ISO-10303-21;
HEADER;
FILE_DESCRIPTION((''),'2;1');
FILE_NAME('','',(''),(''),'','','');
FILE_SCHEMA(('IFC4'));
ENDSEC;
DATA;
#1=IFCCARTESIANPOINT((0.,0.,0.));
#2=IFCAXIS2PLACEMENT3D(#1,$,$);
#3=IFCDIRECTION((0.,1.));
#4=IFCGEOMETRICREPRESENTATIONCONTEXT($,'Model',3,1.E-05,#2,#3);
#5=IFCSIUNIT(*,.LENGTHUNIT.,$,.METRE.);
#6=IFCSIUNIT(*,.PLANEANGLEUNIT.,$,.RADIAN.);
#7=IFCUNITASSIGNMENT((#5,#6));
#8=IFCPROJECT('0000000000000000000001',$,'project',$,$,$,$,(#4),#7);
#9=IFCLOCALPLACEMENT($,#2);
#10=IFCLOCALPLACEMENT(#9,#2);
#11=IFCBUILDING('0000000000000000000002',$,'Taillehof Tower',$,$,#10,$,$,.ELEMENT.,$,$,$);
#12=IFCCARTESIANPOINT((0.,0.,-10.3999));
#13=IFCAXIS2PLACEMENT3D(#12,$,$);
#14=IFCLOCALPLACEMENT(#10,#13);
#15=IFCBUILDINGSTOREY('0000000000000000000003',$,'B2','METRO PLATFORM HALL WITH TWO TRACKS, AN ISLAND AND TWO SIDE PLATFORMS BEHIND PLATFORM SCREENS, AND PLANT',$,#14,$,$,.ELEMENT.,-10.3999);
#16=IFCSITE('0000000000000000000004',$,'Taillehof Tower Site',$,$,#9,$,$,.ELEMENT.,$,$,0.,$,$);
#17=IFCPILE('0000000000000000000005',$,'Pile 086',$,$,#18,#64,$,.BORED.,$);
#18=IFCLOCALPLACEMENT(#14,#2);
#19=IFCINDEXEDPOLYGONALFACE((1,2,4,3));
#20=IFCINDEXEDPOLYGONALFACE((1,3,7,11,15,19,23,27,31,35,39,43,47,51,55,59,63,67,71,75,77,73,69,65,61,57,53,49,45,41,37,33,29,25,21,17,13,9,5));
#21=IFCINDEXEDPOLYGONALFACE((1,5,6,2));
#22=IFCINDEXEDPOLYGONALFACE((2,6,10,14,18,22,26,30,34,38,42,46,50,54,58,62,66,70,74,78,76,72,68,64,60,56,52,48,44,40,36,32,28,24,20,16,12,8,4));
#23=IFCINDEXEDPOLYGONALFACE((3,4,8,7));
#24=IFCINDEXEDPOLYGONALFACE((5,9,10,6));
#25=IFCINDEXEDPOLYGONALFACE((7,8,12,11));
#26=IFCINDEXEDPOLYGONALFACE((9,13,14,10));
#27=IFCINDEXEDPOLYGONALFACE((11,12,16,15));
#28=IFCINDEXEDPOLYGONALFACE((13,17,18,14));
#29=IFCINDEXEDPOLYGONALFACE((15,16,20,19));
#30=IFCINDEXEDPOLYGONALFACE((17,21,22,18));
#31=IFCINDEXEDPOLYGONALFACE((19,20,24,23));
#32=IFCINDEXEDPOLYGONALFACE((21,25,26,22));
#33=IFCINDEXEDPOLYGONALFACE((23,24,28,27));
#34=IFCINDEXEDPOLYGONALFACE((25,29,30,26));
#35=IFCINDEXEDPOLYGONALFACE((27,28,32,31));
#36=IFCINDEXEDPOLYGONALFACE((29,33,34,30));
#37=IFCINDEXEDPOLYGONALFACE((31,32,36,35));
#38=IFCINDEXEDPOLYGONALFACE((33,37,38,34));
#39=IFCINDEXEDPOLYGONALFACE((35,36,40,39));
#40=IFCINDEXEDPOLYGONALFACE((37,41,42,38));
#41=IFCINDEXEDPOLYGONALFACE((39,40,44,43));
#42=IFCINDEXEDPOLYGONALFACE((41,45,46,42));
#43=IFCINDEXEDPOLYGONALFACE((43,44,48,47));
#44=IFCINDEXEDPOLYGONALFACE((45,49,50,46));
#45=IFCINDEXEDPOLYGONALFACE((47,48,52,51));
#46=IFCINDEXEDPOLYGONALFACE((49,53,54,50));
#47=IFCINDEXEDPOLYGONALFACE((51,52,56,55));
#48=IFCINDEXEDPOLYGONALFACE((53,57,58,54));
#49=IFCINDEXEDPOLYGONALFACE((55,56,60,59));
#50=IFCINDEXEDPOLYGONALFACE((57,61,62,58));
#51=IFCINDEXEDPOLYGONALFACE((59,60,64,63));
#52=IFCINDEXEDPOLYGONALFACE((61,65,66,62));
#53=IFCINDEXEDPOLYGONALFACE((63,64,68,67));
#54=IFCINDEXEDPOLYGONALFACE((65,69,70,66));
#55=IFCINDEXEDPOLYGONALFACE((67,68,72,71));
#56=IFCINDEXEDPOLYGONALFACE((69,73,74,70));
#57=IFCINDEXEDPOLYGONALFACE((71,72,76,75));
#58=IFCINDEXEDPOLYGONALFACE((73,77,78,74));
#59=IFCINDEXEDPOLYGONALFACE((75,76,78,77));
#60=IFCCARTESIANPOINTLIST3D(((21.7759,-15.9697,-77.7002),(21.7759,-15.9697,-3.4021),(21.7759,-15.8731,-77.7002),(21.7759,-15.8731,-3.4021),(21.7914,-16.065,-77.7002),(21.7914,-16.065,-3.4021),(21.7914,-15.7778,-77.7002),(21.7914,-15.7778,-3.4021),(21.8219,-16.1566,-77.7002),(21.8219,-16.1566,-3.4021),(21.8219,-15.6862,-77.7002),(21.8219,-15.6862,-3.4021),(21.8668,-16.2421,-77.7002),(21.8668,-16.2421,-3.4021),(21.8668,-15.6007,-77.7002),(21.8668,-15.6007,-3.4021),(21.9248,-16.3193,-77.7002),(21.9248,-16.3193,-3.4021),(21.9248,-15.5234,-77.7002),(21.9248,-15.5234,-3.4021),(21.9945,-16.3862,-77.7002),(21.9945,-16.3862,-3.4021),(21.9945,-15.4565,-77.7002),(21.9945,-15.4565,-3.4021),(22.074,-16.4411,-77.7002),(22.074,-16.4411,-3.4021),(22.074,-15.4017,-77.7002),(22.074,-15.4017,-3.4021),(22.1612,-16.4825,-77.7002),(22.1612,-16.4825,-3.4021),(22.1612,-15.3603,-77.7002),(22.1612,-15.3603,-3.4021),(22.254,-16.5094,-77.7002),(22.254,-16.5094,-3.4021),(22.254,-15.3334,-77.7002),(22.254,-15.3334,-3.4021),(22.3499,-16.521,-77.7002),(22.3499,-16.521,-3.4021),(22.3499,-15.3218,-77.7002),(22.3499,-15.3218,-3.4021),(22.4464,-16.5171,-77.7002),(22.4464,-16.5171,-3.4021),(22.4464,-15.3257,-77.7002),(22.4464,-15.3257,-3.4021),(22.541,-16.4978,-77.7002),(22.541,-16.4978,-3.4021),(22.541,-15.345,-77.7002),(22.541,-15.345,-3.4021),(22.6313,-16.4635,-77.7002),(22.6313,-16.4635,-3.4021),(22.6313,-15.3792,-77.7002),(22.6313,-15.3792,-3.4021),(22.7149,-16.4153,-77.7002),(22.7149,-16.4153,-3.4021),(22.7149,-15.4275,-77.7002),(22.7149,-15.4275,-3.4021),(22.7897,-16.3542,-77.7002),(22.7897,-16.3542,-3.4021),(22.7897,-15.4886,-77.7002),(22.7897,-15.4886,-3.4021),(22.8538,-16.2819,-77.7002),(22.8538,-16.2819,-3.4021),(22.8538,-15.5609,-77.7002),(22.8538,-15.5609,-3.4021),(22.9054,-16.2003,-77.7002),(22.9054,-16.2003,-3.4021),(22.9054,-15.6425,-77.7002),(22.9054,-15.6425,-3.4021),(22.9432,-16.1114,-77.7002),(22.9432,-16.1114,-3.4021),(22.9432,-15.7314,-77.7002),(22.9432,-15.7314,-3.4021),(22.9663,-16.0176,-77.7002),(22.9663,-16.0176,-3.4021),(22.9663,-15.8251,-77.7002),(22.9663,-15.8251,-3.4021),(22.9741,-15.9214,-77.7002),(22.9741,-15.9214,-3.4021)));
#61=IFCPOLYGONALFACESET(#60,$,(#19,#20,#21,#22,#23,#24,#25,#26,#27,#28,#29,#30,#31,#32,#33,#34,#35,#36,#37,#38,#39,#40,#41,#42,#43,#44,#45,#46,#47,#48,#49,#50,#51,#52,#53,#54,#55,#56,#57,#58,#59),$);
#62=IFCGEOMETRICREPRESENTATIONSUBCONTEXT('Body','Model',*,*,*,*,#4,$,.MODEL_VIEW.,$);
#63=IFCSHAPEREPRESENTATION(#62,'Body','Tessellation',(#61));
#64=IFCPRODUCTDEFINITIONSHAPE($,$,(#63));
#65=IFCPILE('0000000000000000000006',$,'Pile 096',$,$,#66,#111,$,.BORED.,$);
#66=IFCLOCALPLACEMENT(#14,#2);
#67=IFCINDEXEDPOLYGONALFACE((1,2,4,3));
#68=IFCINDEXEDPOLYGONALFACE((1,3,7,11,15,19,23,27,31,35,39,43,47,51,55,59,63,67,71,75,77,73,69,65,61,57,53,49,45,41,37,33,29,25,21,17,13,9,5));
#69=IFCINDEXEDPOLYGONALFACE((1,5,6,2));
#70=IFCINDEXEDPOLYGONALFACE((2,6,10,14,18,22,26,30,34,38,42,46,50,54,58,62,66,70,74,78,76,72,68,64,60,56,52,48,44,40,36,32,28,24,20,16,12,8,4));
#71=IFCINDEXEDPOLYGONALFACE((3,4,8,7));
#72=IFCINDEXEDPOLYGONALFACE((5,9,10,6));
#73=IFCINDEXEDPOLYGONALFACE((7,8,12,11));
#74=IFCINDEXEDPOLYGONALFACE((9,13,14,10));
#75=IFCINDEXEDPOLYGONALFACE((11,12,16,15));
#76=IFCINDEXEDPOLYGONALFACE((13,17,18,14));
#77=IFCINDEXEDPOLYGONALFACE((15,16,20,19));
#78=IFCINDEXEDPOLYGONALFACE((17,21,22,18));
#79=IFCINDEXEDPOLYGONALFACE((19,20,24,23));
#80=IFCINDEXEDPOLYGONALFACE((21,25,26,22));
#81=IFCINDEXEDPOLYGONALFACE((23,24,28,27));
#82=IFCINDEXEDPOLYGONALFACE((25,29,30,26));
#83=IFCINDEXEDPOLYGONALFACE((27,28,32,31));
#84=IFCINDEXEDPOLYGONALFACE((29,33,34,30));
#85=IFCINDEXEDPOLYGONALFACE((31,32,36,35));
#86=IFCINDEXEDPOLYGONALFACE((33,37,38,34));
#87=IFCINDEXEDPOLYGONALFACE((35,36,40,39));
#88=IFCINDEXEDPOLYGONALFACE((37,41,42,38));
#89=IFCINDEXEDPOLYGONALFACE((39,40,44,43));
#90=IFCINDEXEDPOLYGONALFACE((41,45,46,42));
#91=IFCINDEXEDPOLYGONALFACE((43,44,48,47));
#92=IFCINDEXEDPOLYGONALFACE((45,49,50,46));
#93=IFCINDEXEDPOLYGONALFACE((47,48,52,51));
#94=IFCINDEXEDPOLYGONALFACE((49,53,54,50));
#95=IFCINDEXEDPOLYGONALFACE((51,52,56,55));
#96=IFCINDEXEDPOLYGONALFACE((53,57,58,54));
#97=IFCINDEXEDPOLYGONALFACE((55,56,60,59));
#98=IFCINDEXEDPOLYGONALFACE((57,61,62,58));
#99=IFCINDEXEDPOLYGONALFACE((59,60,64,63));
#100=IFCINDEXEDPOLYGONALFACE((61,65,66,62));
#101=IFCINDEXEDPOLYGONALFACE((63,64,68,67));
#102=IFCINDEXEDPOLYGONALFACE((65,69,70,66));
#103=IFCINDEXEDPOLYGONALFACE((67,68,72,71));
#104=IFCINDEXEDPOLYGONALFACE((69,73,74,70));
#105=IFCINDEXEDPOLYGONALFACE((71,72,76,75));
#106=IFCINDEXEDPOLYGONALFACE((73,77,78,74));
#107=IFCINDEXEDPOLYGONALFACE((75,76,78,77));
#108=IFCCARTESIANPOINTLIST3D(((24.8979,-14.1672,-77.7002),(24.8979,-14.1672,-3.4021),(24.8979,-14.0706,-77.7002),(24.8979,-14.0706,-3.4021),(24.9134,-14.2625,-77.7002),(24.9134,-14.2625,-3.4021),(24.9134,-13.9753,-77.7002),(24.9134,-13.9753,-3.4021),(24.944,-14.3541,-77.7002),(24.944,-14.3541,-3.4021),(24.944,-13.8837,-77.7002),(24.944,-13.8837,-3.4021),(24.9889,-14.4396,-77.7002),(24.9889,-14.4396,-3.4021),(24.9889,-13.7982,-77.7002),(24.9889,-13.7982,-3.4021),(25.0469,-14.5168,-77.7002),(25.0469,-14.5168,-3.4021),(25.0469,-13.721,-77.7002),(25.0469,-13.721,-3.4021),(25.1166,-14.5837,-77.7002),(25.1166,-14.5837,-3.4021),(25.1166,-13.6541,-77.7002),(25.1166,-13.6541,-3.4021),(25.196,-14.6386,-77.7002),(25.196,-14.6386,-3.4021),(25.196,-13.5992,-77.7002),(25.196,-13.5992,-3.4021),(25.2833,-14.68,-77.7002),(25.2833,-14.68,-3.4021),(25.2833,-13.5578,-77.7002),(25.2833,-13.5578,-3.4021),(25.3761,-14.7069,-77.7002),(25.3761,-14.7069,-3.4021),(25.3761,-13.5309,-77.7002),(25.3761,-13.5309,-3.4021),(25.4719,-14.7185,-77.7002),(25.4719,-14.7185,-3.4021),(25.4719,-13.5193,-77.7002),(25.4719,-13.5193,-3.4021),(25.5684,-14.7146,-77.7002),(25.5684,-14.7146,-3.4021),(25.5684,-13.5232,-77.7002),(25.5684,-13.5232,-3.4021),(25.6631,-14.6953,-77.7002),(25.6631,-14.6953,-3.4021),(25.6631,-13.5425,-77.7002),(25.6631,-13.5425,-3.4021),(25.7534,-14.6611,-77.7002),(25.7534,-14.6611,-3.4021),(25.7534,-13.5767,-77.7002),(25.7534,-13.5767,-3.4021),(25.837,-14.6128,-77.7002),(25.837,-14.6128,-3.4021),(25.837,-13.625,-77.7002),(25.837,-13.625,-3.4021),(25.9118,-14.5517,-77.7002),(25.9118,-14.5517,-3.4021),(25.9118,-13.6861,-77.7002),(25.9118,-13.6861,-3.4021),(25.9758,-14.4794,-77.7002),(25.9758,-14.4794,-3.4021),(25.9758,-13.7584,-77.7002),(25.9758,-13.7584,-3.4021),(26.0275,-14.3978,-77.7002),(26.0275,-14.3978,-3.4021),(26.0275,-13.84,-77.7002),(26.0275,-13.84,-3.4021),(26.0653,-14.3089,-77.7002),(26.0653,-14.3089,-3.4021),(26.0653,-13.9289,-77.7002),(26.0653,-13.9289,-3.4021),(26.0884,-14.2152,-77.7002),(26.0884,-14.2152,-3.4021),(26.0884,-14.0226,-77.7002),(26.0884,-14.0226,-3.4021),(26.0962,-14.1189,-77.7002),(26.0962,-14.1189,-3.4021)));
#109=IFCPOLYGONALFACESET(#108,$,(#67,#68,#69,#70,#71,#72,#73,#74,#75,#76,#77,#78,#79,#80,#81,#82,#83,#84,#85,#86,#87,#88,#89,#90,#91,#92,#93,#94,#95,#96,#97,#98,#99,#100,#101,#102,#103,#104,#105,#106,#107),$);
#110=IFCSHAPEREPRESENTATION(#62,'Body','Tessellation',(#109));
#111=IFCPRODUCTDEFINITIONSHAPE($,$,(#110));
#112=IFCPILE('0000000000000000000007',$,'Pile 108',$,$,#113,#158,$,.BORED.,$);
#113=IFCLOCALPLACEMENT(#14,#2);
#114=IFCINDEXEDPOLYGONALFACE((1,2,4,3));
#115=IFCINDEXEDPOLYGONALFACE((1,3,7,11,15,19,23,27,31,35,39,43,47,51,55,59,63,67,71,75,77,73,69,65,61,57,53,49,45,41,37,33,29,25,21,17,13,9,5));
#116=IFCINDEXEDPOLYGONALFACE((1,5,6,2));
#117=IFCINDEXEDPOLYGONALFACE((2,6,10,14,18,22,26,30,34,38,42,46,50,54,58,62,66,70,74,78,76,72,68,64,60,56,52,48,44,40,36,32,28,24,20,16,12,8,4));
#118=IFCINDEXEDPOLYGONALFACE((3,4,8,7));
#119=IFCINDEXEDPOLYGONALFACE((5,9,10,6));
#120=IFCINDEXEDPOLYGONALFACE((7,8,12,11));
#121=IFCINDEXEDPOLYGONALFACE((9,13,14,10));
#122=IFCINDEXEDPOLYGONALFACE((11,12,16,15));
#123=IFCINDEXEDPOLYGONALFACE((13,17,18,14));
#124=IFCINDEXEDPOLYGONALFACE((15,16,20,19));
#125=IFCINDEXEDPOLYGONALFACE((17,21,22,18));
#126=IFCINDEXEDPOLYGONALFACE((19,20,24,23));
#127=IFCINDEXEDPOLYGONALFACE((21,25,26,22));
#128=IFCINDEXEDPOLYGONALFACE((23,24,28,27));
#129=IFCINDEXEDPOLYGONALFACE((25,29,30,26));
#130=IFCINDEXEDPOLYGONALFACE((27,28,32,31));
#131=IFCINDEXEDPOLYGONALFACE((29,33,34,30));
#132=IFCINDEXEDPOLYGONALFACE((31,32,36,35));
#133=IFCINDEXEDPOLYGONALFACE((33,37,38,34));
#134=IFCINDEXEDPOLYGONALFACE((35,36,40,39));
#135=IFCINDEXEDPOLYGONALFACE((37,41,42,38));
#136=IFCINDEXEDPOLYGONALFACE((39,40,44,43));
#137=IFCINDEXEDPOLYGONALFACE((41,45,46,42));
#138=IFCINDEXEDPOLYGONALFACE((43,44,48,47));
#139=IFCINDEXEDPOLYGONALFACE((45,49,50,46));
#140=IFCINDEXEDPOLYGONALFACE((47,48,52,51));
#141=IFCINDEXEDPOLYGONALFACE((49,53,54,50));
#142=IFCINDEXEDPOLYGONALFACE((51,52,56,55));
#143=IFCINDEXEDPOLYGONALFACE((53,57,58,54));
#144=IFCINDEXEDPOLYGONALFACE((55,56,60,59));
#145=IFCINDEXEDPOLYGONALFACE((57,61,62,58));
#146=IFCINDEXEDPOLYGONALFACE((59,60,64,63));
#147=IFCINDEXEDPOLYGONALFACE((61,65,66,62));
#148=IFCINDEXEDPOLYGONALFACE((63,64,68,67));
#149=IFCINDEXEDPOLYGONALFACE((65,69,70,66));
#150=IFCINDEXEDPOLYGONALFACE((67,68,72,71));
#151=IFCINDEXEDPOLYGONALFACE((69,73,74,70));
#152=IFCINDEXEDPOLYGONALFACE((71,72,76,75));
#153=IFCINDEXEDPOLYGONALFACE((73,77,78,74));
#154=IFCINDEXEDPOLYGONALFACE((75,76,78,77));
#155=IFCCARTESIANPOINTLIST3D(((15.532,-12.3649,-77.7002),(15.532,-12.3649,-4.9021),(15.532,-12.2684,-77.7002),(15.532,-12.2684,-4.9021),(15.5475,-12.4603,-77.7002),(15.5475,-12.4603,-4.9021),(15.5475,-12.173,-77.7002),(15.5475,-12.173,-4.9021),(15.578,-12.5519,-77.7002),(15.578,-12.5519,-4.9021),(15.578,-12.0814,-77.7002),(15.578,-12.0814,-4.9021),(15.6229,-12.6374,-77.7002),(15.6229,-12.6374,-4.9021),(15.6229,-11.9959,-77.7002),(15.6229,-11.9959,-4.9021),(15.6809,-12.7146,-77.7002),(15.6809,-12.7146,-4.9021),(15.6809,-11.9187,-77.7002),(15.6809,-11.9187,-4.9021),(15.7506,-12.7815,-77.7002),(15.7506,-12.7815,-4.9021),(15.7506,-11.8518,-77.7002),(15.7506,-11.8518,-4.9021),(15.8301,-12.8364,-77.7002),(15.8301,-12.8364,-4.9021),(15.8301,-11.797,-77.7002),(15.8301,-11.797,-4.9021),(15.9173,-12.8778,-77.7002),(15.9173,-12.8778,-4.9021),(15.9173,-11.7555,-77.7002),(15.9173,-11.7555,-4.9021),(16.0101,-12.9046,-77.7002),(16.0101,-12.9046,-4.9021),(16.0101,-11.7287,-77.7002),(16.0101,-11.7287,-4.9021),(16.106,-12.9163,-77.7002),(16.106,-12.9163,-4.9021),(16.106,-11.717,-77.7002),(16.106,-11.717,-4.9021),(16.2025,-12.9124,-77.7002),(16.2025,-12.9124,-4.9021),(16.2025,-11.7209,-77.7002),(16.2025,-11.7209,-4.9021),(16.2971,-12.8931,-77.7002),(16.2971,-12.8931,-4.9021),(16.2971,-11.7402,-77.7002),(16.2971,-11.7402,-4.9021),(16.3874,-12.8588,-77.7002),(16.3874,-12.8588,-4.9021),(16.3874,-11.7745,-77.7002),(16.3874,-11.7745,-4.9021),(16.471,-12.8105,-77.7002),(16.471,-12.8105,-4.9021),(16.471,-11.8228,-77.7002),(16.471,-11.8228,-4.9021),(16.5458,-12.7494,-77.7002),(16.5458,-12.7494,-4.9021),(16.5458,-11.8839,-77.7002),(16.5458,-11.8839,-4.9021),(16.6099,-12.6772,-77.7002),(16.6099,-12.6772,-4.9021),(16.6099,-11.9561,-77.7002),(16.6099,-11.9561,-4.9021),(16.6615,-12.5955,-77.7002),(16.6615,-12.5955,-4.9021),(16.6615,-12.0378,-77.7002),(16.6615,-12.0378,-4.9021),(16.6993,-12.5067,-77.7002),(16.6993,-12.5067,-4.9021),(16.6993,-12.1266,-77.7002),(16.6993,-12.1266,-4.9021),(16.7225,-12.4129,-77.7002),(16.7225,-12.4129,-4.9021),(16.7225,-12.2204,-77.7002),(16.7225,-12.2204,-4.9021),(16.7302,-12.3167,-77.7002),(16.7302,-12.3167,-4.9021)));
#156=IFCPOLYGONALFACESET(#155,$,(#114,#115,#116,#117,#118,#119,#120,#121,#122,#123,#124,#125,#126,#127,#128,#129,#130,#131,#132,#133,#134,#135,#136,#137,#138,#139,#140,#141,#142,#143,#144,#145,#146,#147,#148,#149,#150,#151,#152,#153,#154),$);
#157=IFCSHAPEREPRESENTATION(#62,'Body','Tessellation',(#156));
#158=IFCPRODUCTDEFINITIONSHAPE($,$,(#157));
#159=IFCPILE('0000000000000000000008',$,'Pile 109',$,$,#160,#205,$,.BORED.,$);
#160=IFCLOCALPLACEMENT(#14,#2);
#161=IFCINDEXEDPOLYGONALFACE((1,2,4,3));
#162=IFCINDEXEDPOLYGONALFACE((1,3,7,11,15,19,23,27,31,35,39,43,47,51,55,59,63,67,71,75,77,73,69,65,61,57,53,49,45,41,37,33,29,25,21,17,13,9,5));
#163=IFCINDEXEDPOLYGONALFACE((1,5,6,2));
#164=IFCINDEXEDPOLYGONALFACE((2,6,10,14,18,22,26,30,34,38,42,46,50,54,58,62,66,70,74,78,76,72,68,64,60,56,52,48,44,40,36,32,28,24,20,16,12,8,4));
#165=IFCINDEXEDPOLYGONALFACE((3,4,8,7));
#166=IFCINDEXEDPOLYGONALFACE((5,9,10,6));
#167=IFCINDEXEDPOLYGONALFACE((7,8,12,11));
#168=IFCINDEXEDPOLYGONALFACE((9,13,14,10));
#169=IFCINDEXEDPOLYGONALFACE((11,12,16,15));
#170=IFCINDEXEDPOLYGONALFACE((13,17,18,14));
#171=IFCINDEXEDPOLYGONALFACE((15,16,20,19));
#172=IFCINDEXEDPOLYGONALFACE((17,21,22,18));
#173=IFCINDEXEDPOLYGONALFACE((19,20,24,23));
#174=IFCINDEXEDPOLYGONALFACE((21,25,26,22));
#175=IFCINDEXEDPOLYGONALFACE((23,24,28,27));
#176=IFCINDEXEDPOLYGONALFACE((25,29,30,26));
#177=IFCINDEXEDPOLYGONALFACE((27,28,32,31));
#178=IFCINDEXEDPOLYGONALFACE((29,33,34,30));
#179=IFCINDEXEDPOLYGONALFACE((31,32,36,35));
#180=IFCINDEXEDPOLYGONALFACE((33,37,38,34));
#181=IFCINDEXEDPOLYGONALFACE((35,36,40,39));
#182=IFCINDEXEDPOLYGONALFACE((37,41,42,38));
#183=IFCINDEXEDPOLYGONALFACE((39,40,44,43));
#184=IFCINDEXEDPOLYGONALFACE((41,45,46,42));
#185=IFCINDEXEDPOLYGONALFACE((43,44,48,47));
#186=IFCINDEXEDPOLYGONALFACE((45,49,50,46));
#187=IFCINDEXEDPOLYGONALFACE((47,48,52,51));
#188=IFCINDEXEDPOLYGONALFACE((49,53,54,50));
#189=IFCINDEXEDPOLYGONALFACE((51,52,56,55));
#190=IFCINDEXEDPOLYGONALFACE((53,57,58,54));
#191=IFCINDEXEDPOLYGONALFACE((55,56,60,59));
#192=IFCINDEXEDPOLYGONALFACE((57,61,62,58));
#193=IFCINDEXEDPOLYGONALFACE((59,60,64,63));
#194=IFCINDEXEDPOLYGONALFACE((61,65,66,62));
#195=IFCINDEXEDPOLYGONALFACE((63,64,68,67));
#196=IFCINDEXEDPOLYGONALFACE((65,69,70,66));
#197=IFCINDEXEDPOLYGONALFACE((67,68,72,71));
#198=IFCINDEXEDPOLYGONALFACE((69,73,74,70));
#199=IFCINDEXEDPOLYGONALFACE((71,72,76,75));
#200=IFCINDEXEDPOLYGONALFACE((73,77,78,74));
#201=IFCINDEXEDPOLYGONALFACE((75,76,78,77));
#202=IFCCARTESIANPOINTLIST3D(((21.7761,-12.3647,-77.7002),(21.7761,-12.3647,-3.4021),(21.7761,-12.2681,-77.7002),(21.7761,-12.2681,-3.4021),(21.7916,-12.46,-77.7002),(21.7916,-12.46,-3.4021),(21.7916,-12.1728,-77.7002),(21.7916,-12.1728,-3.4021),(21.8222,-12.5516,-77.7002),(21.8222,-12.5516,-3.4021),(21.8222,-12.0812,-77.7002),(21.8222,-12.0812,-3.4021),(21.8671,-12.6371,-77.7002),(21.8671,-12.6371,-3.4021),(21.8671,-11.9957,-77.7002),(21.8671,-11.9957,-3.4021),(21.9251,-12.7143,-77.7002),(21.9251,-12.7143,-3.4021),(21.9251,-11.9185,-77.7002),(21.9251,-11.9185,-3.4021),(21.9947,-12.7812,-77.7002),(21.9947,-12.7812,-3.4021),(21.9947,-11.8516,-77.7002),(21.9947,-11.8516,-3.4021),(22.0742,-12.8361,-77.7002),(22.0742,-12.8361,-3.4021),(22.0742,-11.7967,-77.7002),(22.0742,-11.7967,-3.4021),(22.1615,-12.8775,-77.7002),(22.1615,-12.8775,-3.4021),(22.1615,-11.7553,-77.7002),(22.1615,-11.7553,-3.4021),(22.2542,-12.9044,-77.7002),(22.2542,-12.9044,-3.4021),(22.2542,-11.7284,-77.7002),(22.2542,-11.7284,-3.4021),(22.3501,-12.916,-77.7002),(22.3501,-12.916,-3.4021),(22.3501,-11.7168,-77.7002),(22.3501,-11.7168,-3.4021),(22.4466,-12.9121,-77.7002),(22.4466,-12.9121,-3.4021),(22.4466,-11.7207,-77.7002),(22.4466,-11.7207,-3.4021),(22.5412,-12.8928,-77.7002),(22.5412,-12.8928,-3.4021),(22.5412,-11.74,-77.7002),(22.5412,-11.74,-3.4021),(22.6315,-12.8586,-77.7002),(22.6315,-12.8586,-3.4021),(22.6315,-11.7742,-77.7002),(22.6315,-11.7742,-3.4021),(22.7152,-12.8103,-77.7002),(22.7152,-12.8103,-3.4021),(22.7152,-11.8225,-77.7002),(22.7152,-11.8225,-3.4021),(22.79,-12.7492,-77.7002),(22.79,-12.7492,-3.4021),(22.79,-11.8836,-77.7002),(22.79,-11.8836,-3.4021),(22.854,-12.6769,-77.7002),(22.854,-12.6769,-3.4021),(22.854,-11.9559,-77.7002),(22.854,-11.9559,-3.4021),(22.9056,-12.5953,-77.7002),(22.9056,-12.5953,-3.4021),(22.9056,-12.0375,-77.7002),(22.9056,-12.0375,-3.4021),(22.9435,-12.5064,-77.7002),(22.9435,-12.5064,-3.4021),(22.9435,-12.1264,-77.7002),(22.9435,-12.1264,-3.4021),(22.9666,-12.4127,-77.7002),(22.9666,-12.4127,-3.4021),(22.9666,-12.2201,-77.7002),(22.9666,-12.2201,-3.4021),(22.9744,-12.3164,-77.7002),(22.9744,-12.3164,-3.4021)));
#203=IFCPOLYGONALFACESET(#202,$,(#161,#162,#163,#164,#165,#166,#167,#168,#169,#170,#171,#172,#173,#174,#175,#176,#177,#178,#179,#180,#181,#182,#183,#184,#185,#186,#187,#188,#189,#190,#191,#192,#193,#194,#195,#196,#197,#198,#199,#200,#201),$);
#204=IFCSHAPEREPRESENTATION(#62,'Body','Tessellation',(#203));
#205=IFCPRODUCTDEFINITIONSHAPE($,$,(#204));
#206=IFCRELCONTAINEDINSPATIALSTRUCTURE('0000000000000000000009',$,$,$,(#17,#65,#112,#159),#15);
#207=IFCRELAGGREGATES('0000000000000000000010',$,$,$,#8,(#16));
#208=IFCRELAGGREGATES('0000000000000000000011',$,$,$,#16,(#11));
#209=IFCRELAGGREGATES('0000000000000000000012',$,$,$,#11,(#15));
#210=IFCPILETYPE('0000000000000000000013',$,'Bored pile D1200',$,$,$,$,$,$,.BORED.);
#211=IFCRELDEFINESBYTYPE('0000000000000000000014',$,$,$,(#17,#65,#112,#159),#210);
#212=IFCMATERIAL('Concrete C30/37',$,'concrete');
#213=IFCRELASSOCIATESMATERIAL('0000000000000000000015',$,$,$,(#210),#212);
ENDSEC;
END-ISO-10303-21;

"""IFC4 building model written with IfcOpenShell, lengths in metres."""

from ifc_helpers import new_model, si_unit, direction, frame, origin, origin_2d, place, context, subcontext, project, spatial, circle, extrude, material, material_profile, profile_set, type_object, element, save


model = new_model("IFC4")

# Units and contexts
model_context = context("Model", 3, precision=1e-05, world=origin(), true_north=direction((0.0, 1.0)))
body_context = subcontext(model_context, "Body", "Model", "MODEL_VIEW")
ifc_project = project(units=[si_unit("LENGTHUNIT", "METRE"), si_unit("PLANEANGLEUNIT", "RADIAN")], contexts=[model_context])

# Site, building, storey
site_placement = place(None, origin())
site = spatial("IfcSite", under=ifc_project, at=site_placement, Name="Taillehof Tower Site", CompositionType="ELEMENT", RefElevation=0.0)
building_placement = place(site_placement, origin())
building = spatial("IfcBuilding", under=site, at=building_placement, Name="Taillehof Tower", CompositionType="ELEMENT")
storey_placement = place(building_placement, frame((0.0, 0.0, -10.3999)))
storey = spatial("IfcBuildingStorey", under=building, at=storey_placement, Name="B2", Description="METRO PLATFORM HALL WITH TWO TRACKS, AN ISLAND AND TWO SIDE PLATFORMS BEHIND PLATFORM SCREENS, AND PLANT", CompositionType="ELEMENT", Elevation=-10.3999)

# Piles
ifc_material_1 = material(Name="Concrete C30/37", Category="concrete")
ifc_material_profile_1 = material_profile(ifc_material_1, circle(Radius=0.6001, at=origin_2d()), Name="BP D1200")
ifc_profile_set_1 = profile_set([ifc_material_profile_1], Name="Concrete C30/37")
pile_type = type_object("IfcPileType", Name="Bored pile D1200", PredefinedType="BORED", material=ifc_profile_set_1)
for number, where, z_axis, x_axis, name in (
    (1, (22.374, -15.9214, -3.4021), (0.0, 0.0, -1.0), (1.0, 0.0, 0.0), "Pile 086"),
    (2, (25.4961, -14.1189, -3.4021), (0.0, 0.0, -1.0), (1.0, 0.0, 0.0), "Pile 096"),
):
    element("IfcPile", number, at=place(storey_placement, frame(where, z_axis=z_axis, x_axis=x_axis)), inside=storey, type_object=pile_type, Name=name, PredefinedType="BORED", context=body_context, shape_type="SweptSolid", body=[
        extrude(circle(Radius=0.6001, at=origin_2d()), origin(), (0.0, 0.0, 1.0), 74.2981),
    ])
pile_1_placement = place(storey_placement, frame((16.1301, -12.3167, -4.9021), z_axis=(0.0, 0.0, -1.0), x_axis=(1.0, 0.0, 0.0)))
element("IfcPile", 3, at=pile_1_placement, inside=storey, type_object=pile_type, Name="Pile 108", PredefinedType="BORED", context=body_context, shape_type="SweptSolid", body=[
    extrude(circle(Radius=0.6001, at=origin_2d()), origin(), (0.0, 0.0, 1.0), 72.7981),
])
pile_2_placement = place(storey_placement, frame((22.3743, -12.3164, -3.4021), z_axis=(0.0, 0.0, -1.0), x_axis=(1.0, 0.0, 0.0)))
element("IfcPile", 4, at=pile_2_placement, inside=storey, type_object=pile_type, Name="Pile 109", PredefinedType="BORED", context=body_context, shape_type="SweptSolid", body=[
    extrude(circle(Radius=0.6001, at=origin_2d()), origin(), (0.0, 0.0, 1.0), 74.2981),
])

save(model, "model.ifc")
